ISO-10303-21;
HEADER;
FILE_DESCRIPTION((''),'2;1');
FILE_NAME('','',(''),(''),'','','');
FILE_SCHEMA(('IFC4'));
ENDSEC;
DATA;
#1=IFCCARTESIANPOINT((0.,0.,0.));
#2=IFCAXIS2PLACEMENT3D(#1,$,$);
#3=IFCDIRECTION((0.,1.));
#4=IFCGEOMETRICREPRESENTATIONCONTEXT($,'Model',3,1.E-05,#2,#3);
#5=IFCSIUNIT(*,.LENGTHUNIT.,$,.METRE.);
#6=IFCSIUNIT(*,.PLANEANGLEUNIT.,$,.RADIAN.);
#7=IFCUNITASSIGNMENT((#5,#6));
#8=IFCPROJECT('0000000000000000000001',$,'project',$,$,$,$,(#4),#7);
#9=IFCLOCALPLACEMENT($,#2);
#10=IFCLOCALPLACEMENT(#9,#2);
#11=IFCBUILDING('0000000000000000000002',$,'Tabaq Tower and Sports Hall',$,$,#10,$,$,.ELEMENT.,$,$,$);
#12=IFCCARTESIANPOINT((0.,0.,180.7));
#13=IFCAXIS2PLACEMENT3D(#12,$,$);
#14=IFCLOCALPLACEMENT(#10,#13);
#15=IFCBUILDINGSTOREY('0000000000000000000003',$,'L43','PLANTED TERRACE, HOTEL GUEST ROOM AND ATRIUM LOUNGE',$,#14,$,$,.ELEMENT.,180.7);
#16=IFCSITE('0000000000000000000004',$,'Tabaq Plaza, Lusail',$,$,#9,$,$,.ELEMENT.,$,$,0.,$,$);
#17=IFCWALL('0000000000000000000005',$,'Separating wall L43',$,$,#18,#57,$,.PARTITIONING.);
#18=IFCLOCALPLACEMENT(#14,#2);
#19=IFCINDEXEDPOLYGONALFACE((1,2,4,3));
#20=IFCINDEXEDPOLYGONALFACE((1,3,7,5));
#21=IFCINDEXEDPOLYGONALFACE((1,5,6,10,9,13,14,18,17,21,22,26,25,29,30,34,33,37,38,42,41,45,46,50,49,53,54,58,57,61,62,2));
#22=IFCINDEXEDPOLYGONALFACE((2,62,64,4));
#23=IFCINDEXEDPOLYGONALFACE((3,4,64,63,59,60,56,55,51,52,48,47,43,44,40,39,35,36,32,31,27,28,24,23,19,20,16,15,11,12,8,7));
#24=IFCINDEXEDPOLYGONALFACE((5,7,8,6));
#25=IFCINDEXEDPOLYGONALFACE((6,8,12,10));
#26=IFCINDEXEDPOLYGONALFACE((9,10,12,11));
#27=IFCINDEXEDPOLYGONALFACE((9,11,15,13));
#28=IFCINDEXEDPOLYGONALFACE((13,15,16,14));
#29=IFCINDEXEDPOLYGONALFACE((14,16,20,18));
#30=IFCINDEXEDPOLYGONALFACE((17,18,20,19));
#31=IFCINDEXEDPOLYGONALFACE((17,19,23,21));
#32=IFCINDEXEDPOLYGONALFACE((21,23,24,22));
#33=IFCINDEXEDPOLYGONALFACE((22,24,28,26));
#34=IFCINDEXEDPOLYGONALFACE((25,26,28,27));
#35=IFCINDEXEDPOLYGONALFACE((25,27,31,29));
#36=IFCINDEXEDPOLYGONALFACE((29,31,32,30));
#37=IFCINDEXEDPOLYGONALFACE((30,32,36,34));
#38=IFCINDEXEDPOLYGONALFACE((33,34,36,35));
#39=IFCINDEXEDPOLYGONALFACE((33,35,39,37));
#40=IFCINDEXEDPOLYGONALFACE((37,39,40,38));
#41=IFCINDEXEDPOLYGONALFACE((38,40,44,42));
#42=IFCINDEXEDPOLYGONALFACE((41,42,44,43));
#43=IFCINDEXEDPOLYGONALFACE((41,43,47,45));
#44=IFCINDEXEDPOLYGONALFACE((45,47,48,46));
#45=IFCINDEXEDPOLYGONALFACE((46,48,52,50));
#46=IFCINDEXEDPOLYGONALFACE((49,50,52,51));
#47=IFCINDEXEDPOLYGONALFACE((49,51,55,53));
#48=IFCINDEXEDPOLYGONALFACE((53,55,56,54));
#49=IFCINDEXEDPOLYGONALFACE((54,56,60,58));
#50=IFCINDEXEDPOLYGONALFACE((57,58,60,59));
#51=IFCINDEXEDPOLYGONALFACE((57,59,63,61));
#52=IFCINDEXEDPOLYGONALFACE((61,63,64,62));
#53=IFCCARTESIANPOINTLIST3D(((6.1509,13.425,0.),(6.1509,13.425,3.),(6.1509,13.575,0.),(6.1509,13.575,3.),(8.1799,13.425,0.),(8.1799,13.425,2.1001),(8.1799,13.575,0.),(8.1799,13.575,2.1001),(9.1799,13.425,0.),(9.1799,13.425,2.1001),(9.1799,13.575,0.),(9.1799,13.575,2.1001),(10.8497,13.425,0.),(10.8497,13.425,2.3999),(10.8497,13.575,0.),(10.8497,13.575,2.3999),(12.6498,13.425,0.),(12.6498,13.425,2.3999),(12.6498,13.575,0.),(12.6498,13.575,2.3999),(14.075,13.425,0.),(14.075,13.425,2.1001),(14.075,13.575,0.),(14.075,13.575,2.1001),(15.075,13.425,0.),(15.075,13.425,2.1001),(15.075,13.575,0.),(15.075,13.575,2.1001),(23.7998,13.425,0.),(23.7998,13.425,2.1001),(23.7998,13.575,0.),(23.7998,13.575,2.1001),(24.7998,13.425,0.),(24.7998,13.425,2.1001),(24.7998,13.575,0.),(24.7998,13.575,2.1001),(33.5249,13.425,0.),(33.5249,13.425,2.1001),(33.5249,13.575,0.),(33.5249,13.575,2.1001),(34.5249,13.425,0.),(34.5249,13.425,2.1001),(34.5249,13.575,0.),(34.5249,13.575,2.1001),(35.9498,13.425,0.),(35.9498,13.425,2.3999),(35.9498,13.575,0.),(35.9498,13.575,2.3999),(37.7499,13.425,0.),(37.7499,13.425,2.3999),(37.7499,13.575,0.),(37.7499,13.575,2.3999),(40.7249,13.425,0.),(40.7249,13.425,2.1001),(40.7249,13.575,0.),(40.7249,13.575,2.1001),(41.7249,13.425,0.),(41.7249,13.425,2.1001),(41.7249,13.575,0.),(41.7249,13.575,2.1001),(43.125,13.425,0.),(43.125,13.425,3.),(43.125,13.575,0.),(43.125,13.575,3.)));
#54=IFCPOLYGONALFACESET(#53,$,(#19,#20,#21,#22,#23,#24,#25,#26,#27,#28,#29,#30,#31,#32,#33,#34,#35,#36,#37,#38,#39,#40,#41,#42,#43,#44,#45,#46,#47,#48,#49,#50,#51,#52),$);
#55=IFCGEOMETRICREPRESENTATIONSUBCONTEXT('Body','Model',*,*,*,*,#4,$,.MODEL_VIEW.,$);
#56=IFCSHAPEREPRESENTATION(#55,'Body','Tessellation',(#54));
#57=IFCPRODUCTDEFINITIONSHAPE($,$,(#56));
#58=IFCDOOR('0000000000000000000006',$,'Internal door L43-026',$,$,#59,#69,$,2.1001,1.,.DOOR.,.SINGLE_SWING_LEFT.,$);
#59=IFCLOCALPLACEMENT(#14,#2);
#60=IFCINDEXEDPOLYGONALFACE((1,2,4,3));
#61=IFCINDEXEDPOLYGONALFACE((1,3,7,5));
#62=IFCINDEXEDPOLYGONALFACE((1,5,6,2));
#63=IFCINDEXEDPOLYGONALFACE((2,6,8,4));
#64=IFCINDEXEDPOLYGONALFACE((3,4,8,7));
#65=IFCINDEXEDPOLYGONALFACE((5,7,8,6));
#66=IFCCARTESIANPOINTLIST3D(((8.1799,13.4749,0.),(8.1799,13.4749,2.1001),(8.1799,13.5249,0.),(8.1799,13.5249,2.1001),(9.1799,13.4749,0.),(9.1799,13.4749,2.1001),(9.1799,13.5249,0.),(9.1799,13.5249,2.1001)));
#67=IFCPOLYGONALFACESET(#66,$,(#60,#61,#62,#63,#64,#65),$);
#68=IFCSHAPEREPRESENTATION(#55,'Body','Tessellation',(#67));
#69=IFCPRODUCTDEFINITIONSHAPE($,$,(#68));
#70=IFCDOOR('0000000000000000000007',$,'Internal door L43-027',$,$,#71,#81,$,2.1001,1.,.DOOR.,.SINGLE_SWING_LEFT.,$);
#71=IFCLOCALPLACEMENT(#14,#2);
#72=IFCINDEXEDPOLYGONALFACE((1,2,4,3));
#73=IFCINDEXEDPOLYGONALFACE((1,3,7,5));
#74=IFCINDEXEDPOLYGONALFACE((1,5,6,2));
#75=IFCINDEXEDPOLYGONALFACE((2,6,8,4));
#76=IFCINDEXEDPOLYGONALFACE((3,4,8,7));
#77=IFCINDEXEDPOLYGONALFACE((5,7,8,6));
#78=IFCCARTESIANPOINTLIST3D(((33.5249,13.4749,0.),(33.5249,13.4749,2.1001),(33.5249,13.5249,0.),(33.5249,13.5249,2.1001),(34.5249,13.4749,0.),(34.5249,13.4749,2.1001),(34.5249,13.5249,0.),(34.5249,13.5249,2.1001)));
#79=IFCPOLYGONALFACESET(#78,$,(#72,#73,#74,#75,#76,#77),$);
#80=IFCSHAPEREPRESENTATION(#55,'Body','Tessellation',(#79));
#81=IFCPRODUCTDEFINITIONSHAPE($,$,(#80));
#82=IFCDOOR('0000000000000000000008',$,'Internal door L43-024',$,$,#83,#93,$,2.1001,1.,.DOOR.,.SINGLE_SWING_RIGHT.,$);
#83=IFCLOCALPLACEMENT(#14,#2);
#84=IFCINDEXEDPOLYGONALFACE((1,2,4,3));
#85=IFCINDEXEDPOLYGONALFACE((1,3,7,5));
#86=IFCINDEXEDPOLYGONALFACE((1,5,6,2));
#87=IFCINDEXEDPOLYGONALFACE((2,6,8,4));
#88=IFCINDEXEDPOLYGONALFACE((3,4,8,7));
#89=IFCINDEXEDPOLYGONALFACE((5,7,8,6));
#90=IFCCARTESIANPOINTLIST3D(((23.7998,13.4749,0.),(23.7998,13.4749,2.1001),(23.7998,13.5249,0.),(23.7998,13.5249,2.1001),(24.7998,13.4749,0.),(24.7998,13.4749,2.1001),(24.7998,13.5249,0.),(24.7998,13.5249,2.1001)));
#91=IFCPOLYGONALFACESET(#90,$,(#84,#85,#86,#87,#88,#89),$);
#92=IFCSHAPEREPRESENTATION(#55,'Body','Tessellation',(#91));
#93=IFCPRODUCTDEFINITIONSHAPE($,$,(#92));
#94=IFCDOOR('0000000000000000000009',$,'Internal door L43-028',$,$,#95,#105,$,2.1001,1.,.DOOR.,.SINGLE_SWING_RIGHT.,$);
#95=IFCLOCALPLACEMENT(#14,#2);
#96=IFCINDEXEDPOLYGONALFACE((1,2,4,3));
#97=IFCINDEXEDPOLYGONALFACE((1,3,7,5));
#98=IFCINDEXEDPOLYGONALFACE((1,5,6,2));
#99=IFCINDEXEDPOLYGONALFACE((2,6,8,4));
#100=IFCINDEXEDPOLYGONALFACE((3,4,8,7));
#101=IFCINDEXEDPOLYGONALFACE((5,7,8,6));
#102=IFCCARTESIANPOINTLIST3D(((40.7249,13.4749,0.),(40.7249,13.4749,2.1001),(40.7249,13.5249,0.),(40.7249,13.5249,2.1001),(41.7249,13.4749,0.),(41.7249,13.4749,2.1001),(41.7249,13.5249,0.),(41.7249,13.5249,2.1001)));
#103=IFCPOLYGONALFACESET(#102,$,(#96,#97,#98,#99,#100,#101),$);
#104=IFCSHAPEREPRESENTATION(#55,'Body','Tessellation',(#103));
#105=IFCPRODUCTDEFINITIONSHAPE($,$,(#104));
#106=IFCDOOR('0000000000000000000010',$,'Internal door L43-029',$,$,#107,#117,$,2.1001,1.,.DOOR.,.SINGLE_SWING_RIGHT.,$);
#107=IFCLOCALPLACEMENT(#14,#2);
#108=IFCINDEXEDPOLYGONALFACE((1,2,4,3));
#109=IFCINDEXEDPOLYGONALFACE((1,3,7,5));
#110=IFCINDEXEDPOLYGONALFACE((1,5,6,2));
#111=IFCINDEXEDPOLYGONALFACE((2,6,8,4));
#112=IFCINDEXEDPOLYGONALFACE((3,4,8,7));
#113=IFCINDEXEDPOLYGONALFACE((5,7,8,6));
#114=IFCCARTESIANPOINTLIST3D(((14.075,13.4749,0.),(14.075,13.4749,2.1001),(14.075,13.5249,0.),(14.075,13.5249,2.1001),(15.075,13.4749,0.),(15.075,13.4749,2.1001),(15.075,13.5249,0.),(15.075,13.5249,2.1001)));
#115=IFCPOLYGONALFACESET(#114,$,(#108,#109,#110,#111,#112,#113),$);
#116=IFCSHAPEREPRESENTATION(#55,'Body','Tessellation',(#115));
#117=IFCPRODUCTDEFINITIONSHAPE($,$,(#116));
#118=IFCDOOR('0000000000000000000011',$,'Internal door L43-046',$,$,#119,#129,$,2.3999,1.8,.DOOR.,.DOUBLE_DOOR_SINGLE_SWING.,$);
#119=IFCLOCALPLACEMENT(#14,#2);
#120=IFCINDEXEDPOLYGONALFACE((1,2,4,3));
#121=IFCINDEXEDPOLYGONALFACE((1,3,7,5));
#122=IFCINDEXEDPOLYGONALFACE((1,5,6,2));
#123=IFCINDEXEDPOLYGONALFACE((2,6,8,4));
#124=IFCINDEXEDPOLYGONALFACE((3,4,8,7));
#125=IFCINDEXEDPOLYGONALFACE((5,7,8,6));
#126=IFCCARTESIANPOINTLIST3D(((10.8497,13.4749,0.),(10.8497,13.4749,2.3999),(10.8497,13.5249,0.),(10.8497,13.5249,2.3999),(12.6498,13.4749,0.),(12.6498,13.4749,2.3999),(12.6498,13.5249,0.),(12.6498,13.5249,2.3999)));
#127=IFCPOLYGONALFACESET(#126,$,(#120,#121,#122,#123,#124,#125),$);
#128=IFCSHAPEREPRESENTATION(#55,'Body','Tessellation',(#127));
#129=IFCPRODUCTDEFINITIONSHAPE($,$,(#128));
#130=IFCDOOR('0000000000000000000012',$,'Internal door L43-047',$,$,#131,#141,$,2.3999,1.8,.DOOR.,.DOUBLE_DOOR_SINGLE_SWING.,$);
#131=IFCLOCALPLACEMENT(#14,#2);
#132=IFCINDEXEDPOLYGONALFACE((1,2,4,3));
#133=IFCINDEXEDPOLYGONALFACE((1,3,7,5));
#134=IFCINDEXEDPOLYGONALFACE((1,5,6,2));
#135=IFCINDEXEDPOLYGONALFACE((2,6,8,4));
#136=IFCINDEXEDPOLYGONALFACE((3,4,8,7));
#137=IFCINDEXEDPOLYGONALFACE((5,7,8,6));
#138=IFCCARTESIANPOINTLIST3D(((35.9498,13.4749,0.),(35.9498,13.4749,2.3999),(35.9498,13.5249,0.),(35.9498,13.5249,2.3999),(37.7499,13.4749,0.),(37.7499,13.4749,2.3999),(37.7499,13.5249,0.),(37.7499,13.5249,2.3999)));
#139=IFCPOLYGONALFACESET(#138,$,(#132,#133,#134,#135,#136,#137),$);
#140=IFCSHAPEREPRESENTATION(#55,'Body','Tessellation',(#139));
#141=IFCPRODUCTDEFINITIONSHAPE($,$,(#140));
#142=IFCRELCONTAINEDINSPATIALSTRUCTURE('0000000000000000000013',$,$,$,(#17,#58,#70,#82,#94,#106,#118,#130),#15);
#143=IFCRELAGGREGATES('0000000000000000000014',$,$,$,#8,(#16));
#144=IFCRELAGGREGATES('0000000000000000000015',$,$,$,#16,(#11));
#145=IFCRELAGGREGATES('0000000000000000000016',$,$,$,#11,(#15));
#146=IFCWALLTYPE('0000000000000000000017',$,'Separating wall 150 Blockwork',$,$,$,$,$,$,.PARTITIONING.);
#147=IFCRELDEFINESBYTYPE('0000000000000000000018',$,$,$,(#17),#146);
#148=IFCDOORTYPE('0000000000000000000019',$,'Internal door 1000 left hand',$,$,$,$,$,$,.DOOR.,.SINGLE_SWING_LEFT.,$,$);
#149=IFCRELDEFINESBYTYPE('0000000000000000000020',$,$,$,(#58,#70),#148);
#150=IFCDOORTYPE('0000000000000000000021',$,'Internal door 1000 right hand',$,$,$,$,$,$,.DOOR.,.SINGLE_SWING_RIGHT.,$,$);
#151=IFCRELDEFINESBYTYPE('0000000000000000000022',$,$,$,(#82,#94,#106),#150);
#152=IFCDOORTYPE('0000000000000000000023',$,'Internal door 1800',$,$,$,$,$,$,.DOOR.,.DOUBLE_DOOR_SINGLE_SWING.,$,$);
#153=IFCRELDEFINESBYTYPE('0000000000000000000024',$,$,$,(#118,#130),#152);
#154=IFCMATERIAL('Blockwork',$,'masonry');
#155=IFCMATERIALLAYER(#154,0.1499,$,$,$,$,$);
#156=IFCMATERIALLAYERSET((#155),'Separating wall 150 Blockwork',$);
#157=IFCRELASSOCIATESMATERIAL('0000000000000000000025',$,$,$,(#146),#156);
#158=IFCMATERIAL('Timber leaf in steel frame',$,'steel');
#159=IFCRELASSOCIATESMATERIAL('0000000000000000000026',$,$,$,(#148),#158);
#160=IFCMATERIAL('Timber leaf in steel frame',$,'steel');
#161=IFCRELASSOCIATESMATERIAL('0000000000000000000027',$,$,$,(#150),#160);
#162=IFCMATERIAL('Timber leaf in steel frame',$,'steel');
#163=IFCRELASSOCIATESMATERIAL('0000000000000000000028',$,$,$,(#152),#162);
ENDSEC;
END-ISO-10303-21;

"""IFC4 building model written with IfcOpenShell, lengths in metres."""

from ifc_helpers import new_model, si_unit, direction, frame, frame_2d, origin, place, context, subcontext, project, spatial, rectangle, extrude, material, layer, layer_set, type_object, element, fill, save


model = new_model("IFC4")

# Units and contexts
model_context = context("Model", 3, precision=1e-05, world=origin(), true_north=direction((0.0, 1.0)))
body_context = subcontext(model_context, "Body", "Model", "MODEL_VIEW")
ifc_project = project(units=[si_unit("LENGTHUNIT", "METRE"), si_unit("PLANEANGLEUNIT", "RADIAN")], contexts=[model_context])

# Site, building, storey
site_placement = place(None, origin())
site = spatial("IfcSite", under=ifc_project, at=site_placement, Name="Tabaq Plaza, Lusail", CompositionType="ELEMENT", RefElevation=0.0)
building_placement = place(site_placement, origin())
building = spatial("IfcBuilding", under=site, at=building_placement, Name="Tabaq Tower and Sports Hall", CompositionType="ELEMENT")
storey_placement = place(building_placement, frame((0.0, 0.0, 180.7)))
storey = spatial("IfcBuildingStorey", under=building, at=storey_placement, Name="L43", Description="PLANTED TERRACE, HOTEL GUEST ROOM AND ATRIUM LOUNGE", CompositionType="ELEMENT", Elevation=180.7)

# Wall, openings, doors
ifc_material_1 = material(Name="Blockwork", Category="masonry")
ifc_layer_1 = layer(ifc_material_1, 0.1499)
ifc_layer_set_1 = layer_set([ifc_layer_1], Name="Separating wall 150 Blockwork")
wall_type_1 = type_object("IfcWallType", Name="Separating wall 150 Blockwork", PredefinedType="PARTITIONING", material=ifc_layer_set_1)
wall_1_placement = place(storey_placement, frame((6.1509, 13.5, 0.0), z_axis=(0.0, 0.0, 1.0), x_axis=(1.0, 0.0, 0.0)))
wall_1 = element("IfcWall", 1, at=wall_1_placement, inside=storey, type_object=wall_type_1, Name="Separating wall L43", PredefinedType="PARTITIONING", context=body_context, shape_type="SweptSolid", body=[
    extrude(rectangle(XDim=36.9741, YDim=0.1499, at=frame_2d((18.4871, 0.0))), origin(), (0.0, 0.0, 1.0), 3.0),
])
opening_1_placement = place(wall_1_placement, frame((17.6489, 0.0, 0.0)))
opening_1 = element("IfcOpeningElement", 2, at=opening_1_placement, cuts=wall_1, PredefinedType="OPENING", context=body_context, shape_type="SweptSolid", body=[
    extrude(rectangle(XDim=1.0, YDim=2.1001, at=frame_2d((0.5, 1.05))), frame((0.0, 0.075, 0.0), z_axis=(0.0, -1.0, 0.0), x_axis=(1.0, 0.0, 0.0)), (0.0, 0.0, 1.0), 0.1499),
])
opening_2_placement = place(wall_1_placement, frame((2.0291, 0.0, 0.0)))
opening_2 = element("IfcOpeningElement", 3, at=opening_2_placement, cuts=wall_1, PredefinedType="OPENING", context=body_context, shape_type="SweptSolid", body=[
    extrude(rectangle(XDim=1.0, YDim=2.1001, at=frame_2d((0.5, 1.05))), frame((0.0, 0.075, 0.0), z_axis=(0.0, -1.0, 0.0), x_axis=(1.0, 0.0, 0.0)), (0.0, 0.0, 1.0), 0.1499),
])
opening_3_placement = place(wall_1_placement, frame((27.374, 0.0, 0.0)))
opening_3 = element("IfcOpeningElement", 4, at=opening_3_placement, cuts=wall_1, PredefinedType="OPENING", context=body_context, shape_type="SweptSolid", body=[
    extrude(rectangle(XDim=1.0, YDim=2.1001, at=frame_2d((0.5, 1.05))), frame((0.0, 0.075, 0.0), z_axis=(0.0, -1.0, 0.0), x_axis=(1.0, 0.0, 0.0)), (0.0, 0.0, 1.0), 0.1499),
])
opening_4_placement = place(wall_1_placement, frame((34.574, 0.0, 0.0)))
opening_4 = element("IfcOpeningElement", 5, at=opening_4_placement, cuts=wall_1, PredefinedType="OPENING", context=body_context, shape_type="SweptSolid", body=[
    extrude(rectangle(XDim=1.0, YDim=2.1001, at=frame_2d((0.5, 1.05))), frame((0.0, 0.075, 0.0), z_axis=(0.0, -1.0, 0.0), x_axis=(1.0, 0.0, 0.0)), (0.0, 0.0, 1.0), 0.1499),
])
opening_5_placement = place(wall_1_placement, frame((7.9241, 0.0, 0.0)))
opening_5 = element("IfcOpeningElement", 6, at=opening_5_placement, cuts=wall_1, PredefinedType="OPENING", context=body_context, shape_type="SweptSolid", body=[
    extrude(rectangle(XDim=1.0, YDim=2.1001, at=frame_2d((0.5, 1.05))), frame((0.0, 0.075, 0.0), z_axis=(0.0, -1.0, 0.0), x_axis=(1.0, 0.0, 0.0)), (0.0, 0.0, 1.0), 0.1499),
])
opening_6_placement = place(wall_1_placement, frame((4.699, 0.0, 0.0)))
opening_6 = element("IfcOpeningElement", 7, at=opening_6_placement, cuts=wall_1, PredefinedType="OPENING", context=body_context, shape_type="SweptSolid", body=[
    extrude(rectangle(XDim=1.8, YDim=2.3999, at=frame_2d((0.8999, 1.2))), frame((0.0, 0.075, 0.0), z_axis=(0.0, -1.0, 0.0), x_axis=(1.0, 0.0, 0.0)), (0.0, 0.0, 1.0), 0.1499),
])
opening_7_placement = place(wall_1_placement, frame((29.7991, 0.0, 0.0)))
opening_7 = element("IfcOpeningElement", 8, at=opening_7_placement, cuts=wall_1, PredefinedType="OPENING", context=body_context, shape_type="SweptSolid", body=[
    extrude(rectangle(XDim=1.8, YDim=2.3999, at=frame_2d((0.8999, 1.2))), frame((0.0, 0.075, 0.0), z_axis=(0.0, -1.0, 0.0), x_axis=(1.0, 0.0, 0.0)), (0.0, 0.0, 1.0), 0.1499),
])
ifc_material_2 = material(Name="Timber leaf in steel frame", Category="steel")
door_type_1 = type_object("IfcDoorType", Name="Internal door 1000 left hand", OperationType="SINGLE_SWING_LEFT", PredefinedType="DOOR", material=ifc_material_2)
door_1_placement = place(opening_2_placement, origin())
door_1 = element("IfcDoor", 9, at=door_1_placement, inside=storey, type_object=door_type_1, Name="Internal door L43-026", OperationType="SINGLE_SWING_LEFT", OverallHeight=2.1001, OverallWidth=1.0, PredefinedType="DOOR", context=body_context, shape_type="SweptSolid", body=[
    extrude(rectangle(XDim=1.0, YDim=2.1001, at=frame_2d((0.5, 1.05))), frame((0.0, 0.0249, 0.0), z_axis=(0.0, -1.0, 0.0), x_axis=(1.0, 0.0, 0.0)), (0.0, 0.0, 1.0), 0.05),
])
fill(opening_2, door_1)
door_2_placement = place(opening_3_placement, origin())
door_2 = element("IfcDoor", 10, at=door_2_placement, inside=storey, type_object=door_type_1, Name="Internal door L43-027", OperationType="SINGLE_SWING_LEFT", OverallHeight=2.1001, OverallWidth=1.0, PredefinedType="DOOR", context=body_context, shape_type="SweptSolid", body=[
    extrude(rectangle(XDim=1.0, YDim=2.1001, at=frame_2d((0.5, 1.05))), frame((0.0, 0.0249, 0.0), z_axis=(0.0, -1.0, 0.0), x_axis=(1.0, 0.0, 0.0)), (0.0, 0.0, 1.0), 0.05),
])
fill(opening_3, door_2)
ifc_material_3 = material(Name="Timber leaf in steel frame", Category="steel")
door_type_2 = type_object("IfcDoorType", Name="Internal door 1000 right hand", OperationType="SINGLE_SWING_RIGHT", PredefinedType="DOOR", material=ifc_material_3)
door_3_placement = place(opening_1_placement, origin())
door_3 = element("IfcDoor", 11, at=door_3_placement, inside=storey, type_object=door_type_2, Name="Internal door L43-024", OperationType="SINGLE_SWING_RIGHT", OverallHeight=2.1001, OverallWidth=1.0, PredefinedType="DOOR", context=body_context, shape_type="SweptSolid", body=[
    extrude(rectangle(XDim=1.0, YDim=2.1001, at=frame_2d((0.5, 1.05))), frame((0.0, 0.0249, 0.0), z_axis=(0.0, -1.0, 0.0), x_axis=(1.0, 0.0, 0.0)), (0.0, 0.0, 1.0), 0.05),
])
fill(opening_1, door_3)
door_4_placement = place(opening_4_placement, origin())
door_4 = element("IfcDoor", 12, at=door_4_placement, inside=storey, type_object=door_type_2, Name="Internal door L43-028", OperationType="SINGLE_SWING_RIGHT", OverallHeight=2.1001, OverallWidth=1.0, PredefinedType="DOOR", context=body_context, shape_type="SweptSolid", body=[
    extrude(rectangle(XDim=1.0, YDim=2.1001, at=frame_2d((0.5, 1.05))), frame((0.0, 0.0249, 0.0), z_axis=(0.0, -1.0, 0.0), x_axis=(1.0, 0.0, 0.0)), (0.0, 0.0, 1.0), 0.05),
])
fill(opening_4, door_4)
door_5_placement = place(opening_5_placement, origin())
door_5 = element("IfcDoor", 13, at=door_5_placement, inside=storey, type_object=door_type_2, Name="Internal door L43-029", OperationType="SINGLE_SWING_RIGHT", OverallHeight=2.1001, OverallWidth=1.0, PredefinedType="DOOR", context=body_context, shape_type="SweptSolid", body=[
    extrude(rectangle(XDim=1.0, YDim=2.1001, at=frame_2d((0.5, 1.05))), frame((0.0, 0.0249, 0.0), z_axis=(0.0, -1.0, 0.0), x_axis=(1.0, 0.0, 0.0)), (0.0, 0.0, 1.0), 0.05),
])
fill(opening_5, door_5)
ifc_material_4 = material(Name="Timber leaf in steel frame", Category="steel")
door_type_3 = type_object("IfcDoorType", Name="Internal door 1800", OperationType="DOUBLE_DOOR_SINGLE_SWING", PredefinedType="DOOR", material=ifc_material_4)
door_6_placement = place(opening_6_placement, origin())
door_6 = element("IfcDoor", 14, at=door_6_placement, inside=storey, type_object=door_type_3, Name="Internal door L43-046", OperationType="DOUBLE_DOOR_SINGLE_SWING", OverallHeight=2.3999, OverallWidth=1.8, PredefinedType="DOOR", context=body_context, shape_type="SweptSolid", body=[
    extrude(rectangle(XDim=1.8, YDim=2.3999, at=frame_2d((0.8999, 1.2))), frame((0.0, 0.0249, 0.0), z_axis=(0.0, -1.0, 0.0), x_axis=(1.0, 0.0, 0.0)), (0.0, 0.0, 1.0), 0.05),
])
fill(opening_6, door_6)
door_7_placement = place(opening_7_placement, origin())
door_7 = element("IfcDoor", 15, at=door_7_placement, inside=storey, type_object=door_type_3, Name="Internal door L43-047", OperationType="DOUBLE_DOOR_SINGLE_SWING", OverallHeight=2.3999, OverallWidth=1.8, PredefinedType="DOOR", context=body_context, shape_type="SweptSolid", body=[
    extrude(rectangle(XDim=1.8, YDim=2.3999, at=frame_2d((0.8999, 1.2))), frame((0.0, 0.0249, 0.0), z_axis=(0.0, -1.0, 0.0), x_axis=(1.0, 0.0, 0.0)), (0.0, 0.0, 1.0), 0.05),
])
fill(opening_7, door_7)

save(model, "model.ifc")
